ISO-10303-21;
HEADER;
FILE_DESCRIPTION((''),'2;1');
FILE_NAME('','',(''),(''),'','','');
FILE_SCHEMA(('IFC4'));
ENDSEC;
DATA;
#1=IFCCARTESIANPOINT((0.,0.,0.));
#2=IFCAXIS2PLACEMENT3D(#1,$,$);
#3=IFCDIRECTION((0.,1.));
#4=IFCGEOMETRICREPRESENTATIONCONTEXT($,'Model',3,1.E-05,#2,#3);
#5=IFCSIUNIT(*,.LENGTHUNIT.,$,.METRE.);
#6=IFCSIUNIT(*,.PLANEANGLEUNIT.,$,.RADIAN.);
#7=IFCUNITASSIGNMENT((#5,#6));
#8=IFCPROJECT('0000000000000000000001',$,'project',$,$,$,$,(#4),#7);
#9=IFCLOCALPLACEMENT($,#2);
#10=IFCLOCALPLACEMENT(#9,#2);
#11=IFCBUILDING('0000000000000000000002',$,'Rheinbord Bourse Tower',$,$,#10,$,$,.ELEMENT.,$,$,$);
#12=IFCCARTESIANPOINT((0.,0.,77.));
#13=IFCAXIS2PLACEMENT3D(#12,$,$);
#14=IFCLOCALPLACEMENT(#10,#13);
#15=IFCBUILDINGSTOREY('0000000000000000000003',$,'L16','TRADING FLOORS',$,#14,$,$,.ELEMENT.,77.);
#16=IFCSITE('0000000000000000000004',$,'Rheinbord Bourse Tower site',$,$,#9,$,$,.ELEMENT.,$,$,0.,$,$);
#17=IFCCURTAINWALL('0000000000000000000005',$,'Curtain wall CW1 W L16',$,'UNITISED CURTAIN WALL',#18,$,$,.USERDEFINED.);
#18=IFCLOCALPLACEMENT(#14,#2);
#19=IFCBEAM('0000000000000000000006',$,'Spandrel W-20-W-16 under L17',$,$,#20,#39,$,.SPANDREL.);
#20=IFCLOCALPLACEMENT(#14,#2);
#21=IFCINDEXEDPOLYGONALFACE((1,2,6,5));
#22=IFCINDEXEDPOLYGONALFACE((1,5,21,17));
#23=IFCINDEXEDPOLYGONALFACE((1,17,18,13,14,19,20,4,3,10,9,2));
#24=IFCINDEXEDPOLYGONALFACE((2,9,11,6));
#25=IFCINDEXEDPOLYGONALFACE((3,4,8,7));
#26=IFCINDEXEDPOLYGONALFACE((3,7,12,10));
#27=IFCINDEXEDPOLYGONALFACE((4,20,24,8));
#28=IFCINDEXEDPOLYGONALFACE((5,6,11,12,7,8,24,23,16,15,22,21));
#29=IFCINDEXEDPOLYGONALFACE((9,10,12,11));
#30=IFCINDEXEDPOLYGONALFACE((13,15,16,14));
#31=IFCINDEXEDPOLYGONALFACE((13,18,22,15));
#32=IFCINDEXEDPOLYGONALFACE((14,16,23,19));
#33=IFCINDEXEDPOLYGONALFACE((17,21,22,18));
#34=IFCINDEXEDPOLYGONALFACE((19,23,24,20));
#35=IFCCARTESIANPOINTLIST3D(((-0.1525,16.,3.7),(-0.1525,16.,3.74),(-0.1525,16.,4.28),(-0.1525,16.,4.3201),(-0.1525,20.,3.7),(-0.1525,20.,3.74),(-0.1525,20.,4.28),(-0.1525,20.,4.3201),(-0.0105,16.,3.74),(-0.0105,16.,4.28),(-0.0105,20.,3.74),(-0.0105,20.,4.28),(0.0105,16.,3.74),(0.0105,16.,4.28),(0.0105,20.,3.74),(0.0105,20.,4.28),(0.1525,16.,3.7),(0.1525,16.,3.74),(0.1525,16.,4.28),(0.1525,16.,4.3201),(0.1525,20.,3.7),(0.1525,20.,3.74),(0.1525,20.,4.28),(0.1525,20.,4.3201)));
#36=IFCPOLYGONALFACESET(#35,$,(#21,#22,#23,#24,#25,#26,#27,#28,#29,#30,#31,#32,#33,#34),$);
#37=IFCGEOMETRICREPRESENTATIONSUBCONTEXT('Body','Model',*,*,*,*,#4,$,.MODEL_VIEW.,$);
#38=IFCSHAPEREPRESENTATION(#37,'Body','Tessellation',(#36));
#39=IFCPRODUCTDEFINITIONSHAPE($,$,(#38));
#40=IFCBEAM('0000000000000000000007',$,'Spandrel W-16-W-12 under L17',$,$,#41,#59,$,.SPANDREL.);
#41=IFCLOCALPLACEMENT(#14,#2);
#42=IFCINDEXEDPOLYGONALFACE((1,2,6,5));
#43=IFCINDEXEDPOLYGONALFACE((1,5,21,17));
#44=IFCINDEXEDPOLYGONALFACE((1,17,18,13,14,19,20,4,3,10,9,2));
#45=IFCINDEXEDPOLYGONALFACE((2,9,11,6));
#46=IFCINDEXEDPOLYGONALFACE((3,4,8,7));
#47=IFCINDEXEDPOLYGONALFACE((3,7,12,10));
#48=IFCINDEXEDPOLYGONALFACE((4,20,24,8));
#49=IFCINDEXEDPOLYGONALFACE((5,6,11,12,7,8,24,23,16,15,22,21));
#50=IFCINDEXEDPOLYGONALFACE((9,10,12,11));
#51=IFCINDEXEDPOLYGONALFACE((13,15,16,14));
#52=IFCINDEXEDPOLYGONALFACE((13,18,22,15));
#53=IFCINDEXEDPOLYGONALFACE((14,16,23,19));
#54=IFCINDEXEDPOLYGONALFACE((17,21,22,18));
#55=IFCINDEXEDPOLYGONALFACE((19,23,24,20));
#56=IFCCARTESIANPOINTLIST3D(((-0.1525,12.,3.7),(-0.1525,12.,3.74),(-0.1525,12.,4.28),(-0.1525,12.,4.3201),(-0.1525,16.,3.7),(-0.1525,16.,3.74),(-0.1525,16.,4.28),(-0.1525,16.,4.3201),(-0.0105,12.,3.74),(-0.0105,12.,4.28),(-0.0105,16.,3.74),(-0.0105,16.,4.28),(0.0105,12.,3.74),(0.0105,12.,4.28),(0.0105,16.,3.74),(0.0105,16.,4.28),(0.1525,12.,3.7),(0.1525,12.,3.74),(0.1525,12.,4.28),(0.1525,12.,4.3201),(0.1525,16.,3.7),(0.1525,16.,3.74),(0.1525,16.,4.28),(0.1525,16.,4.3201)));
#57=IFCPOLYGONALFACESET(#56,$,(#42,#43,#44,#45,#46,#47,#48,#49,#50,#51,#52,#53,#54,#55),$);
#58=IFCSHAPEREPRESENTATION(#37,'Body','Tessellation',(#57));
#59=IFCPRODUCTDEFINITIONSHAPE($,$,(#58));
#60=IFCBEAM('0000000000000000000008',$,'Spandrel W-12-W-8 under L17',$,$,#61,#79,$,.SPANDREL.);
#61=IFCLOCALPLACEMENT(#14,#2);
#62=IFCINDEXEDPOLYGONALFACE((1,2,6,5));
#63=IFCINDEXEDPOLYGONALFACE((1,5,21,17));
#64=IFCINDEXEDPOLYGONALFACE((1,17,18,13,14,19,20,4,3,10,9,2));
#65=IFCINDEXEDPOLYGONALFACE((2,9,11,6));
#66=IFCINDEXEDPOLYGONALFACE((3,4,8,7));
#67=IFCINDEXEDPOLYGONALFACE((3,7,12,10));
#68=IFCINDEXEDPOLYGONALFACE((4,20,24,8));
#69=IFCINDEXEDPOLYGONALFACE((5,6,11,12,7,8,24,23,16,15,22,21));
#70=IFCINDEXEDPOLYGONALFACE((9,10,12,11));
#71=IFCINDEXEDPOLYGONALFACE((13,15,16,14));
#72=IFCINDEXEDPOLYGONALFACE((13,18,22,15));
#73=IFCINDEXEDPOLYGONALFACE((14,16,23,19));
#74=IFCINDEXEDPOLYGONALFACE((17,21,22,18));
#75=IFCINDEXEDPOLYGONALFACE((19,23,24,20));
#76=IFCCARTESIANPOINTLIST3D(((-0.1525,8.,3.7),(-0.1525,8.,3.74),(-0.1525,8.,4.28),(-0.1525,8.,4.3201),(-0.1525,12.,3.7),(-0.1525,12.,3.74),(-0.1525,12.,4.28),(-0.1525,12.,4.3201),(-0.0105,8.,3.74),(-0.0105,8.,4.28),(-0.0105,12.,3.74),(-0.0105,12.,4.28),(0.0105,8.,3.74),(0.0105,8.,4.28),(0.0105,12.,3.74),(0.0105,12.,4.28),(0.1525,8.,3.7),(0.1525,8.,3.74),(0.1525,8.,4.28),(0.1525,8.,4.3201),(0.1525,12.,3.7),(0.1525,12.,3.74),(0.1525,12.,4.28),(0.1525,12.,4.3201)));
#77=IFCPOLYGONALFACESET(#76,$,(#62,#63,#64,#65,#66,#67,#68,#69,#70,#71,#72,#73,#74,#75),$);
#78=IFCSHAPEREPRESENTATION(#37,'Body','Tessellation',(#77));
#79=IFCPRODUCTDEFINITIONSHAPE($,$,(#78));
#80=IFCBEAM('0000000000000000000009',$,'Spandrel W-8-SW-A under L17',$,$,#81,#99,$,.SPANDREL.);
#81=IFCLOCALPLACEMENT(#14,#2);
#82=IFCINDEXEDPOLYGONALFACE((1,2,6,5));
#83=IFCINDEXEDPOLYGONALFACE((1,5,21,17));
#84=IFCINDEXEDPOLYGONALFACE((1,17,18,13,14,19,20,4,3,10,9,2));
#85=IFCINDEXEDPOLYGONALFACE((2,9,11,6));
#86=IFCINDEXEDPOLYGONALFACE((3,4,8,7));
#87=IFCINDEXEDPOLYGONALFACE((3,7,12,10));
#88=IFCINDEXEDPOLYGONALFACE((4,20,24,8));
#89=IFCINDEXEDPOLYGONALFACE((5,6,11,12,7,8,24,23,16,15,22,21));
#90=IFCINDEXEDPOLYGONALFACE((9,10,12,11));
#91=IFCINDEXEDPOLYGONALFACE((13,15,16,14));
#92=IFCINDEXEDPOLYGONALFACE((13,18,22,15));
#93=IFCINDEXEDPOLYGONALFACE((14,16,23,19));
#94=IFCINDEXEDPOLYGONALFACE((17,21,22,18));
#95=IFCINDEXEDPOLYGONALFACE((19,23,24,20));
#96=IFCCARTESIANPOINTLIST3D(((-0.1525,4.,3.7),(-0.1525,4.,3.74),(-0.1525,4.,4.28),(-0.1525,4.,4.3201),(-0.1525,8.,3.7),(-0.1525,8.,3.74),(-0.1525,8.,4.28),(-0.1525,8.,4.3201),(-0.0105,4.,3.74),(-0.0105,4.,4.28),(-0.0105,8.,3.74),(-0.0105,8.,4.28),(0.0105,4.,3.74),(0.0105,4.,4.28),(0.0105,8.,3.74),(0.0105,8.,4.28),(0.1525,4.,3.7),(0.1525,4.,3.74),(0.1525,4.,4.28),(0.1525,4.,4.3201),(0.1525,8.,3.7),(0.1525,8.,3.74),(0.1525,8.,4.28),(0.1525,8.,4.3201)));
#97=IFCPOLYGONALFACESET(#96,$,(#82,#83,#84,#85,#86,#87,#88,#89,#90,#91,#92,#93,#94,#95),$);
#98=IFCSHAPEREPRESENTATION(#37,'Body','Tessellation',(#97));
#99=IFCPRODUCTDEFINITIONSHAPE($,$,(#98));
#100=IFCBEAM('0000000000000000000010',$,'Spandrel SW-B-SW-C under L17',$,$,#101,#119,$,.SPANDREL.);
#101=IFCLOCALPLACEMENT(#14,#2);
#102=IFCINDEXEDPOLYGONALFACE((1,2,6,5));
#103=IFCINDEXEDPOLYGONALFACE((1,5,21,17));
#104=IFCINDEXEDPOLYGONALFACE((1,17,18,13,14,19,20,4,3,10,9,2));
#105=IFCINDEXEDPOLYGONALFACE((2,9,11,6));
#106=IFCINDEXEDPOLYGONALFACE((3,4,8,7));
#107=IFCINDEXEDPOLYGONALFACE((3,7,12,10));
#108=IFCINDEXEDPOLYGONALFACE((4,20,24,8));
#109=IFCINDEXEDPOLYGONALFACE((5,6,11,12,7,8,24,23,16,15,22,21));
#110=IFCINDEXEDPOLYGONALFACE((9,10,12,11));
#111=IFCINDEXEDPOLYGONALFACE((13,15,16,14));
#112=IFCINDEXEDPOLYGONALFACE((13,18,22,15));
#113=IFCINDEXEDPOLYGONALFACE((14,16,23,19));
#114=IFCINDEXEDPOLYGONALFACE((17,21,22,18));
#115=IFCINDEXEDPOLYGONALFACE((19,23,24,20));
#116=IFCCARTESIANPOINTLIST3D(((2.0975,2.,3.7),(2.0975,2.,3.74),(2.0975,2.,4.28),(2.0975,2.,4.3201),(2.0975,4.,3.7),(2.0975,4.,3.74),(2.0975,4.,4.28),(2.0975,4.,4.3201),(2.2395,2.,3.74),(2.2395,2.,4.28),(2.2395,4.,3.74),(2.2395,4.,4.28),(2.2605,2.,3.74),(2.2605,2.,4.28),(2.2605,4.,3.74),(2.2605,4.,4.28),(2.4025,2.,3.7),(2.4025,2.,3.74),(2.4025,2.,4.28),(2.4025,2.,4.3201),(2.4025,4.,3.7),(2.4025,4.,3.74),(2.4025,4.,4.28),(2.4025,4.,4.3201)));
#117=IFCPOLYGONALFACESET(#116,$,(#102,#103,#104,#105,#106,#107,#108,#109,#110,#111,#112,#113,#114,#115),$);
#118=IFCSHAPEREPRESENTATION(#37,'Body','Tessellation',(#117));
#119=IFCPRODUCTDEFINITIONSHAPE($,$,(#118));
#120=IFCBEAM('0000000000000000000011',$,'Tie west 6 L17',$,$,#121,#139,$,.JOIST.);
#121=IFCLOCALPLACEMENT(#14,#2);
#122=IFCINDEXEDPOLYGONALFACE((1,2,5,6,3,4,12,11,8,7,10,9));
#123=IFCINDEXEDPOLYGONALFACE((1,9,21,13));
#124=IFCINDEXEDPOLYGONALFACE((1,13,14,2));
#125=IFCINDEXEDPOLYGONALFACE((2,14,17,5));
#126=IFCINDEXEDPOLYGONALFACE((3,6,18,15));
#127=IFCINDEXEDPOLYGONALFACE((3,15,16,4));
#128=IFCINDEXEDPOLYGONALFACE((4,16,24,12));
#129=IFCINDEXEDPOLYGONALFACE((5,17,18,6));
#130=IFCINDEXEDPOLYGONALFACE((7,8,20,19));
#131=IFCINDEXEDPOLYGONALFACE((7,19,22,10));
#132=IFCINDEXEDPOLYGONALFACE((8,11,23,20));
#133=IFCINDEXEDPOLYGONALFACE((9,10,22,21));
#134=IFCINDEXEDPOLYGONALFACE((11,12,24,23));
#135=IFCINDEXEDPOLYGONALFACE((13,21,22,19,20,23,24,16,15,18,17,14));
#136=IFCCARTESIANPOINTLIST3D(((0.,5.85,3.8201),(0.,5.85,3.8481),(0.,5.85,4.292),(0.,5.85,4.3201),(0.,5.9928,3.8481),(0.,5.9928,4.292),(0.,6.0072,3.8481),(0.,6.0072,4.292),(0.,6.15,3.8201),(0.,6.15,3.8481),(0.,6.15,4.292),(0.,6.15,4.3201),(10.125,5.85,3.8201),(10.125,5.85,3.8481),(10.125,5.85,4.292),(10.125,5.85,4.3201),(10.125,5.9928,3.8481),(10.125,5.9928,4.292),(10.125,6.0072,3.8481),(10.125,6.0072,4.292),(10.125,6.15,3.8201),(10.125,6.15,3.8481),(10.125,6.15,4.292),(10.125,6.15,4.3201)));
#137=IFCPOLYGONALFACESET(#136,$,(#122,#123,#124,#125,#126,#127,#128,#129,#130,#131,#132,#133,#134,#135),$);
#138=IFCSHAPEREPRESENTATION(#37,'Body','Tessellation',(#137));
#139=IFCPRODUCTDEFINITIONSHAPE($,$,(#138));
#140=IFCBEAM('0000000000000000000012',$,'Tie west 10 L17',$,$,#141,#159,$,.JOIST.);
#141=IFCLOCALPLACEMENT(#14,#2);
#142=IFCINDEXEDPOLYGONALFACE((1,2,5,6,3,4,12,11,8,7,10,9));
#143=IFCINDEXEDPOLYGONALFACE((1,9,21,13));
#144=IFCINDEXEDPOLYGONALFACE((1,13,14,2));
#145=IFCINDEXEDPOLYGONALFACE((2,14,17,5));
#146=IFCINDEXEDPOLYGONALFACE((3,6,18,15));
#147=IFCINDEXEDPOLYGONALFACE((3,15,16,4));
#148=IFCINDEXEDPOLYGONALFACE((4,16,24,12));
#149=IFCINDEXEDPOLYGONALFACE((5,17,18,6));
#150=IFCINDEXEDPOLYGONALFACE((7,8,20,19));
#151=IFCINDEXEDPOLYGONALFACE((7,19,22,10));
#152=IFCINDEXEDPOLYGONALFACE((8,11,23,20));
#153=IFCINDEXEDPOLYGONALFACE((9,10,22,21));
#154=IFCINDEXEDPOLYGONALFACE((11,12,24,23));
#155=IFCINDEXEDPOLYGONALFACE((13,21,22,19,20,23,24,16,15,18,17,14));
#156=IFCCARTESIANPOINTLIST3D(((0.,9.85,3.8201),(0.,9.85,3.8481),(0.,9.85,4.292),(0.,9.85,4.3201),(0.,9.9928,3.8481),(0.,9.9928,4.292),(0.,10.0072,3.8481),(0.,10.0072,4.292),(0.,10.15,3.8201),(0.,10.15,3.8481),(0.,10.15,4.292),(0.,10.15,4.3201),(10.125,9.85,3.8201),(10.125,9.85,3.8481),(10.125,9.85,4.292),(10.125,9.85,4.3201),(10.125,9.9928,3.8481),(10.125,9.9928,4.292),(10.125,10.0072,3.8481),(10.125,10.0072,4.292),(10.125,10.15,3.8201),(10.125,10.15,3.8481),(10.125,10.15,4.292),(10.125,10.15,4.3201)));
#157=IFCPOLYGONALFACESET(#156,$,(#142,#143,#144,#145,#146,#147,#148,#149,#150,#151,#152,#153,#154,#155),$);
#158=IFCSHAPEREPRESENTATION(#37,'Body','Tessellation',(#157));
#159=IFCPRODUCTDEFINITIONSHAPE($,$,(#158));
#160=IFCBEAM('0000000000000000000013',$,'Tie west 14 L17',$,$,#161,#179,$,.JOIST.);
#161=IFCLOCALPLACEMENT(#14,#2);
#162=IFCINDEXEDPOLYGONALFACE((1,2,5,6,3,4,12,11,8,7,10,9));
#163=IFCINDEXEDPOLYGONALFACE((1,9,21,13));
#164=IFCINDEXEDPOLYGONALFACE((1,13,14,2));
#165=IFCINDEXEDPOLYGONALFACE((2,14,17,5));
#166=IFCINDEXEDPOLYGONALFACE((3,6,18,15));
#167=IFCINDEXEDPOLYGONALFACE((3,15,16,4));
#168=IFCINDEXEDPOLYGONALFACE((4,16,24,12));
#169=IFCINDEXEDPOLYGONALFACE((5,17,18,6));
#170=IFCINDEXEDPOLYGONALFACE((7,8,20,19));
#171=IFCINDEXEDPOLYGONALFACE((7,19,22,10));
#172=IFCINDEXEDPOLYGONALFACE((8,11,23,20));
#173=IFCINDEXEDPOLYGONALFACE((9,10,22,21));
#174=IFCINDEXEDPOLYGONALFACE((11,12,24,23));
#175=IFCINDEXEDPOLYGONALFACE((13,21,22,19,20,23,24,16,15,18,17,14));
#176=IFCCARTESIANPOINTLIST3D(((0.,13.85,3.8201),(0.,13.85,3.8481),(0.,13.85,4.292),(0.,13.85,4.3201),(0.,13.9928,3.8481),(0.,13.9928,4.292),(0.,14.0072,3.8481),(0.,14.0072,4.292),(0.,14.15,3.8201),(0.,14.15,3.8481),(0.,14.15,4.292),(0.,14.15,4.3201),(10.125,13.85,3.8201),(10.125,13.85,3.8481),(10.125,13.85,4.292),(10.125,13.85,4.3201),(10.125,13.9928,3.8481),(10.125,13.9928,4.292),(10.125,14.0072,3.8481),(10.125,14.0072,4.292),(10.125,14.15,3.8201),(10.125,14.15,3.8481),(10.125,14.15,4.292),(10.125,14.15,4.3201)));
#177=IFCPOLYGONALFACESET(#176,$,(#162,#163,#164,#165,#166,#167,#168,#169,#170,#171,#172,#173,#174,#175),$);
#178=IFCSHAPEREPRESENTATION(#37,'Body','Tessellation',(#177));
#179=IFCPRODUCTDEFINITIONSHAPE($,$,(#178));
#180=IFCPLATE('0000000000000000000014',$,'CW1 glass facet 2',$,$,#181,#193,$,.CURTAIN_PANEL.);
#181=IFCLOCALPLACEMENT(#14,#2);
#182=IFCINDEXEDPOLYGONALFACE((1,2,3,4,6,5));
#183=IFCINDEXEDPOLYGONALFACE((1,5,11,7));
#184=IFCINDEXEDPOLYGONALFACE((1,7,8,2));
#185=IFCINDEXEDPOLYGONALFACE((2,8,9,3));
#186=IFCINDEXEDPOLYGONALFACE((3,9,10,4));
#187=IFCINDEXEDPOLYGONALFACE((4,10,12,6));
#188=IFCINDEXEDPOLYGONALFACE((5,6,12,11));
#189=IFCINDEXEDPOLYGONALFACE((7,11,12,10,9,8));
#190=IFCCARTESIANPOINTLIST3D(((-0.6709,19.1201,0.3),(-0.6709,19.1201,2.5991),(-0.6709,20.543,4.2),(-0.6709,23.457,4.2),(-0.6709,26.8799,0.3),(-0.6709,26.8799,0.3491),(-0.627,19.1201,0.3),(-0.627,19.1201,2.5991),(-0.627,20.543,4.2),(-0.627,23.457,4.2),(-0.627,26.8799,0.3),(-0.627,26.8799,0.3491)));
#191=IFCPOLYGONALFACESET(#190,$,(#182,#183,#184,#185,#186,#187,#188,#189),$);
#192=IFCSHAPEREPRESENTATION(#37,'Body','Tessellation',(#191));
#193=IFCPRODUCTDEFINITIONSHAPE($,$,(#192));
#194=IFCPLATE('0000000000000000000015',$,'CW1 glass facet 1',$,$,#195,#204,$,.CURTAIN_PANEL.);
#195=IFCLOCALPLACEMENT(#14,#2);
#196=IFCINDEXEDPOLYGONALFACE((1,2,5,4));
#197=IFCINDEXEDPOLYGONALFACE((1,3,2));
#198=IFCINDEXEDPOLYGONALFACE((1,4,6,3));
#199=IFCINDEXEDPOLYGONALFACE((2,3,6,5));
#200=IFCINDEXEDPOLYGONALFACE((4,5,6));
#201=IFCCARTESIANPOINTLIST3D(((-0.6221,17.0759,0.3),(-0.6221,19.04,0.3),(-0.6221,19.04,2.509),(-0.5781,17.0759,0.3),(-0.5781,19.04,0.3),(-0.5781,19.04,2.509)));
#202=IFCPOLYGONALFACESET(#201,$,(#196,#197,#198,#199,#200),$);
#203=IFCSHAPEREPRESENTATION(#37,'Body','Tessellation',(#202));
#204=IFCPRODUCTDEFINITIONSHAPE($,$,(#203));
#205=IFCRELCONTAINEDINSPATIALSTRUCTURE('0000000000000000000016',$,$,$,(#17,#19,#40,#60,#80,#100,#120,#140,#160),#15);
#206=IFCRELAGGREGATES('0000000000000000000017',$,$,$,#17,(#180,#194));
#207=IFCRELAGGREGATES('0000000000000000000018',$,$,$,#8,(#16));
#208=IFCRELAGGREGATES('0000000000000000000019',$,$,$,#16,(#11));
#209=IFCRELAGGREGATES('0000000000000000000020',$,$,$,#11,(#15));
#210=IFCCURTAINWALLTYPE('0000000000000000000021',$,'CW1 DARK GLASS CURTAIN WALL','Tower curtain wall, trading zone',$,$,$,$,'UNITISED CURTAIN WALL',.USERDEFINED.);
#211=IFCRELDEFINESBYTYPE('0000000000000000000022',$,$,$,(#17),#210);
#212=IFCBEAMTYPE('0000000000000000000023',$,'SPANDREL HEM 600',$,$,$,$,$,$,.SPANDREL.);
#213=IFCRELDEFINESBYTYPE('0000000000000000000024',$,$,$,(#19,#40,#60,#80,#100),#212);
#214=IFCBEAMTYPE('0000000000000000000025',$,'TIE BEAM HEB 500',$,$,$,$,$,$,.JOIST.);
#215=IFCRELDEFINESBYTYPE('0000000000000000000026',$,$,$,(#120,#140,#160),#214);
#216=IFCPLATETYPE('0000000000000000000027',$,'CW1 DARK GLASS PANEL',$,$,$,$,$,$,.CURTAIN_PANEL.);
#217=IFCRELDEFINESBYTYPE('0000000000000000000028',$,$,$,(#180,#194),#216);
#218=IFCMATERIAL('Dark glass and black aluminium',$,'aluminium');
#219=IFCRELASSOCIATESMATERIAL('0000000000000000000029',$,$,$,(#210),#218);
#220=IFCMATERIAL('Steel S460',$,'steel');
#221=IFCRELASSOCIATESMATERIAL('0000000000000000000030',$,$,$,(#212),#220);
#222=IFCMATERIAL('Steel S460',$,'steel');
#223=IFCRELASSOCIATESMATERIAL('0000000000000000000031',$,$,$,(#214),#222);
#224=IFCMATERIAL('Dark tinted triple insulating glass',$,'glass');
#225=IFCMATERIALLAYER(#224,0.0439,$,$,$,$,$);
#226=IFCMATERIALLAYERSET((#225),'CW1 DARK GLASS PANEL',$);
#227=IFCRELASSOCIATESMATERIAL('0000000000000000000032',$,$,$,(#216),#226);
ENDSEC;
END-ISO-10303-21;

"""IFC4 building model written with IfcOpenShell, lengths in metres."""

from ifc_helpers import new_model, si_unit, direction, frame, origin, origin_2d, place, context, subcontext, project, spatial, polyline, i_section, outline, extrude, material, layer, layer_set, material_profile, profile_set, type_object, element, aggregate, save


model = new_model("IFC4")

# Units and contexts
model_context = context("Model", 3, precision=1e-05, world=origin(), true_north=direction((0.0, 1.0)))
body_context = subcontext(model_context, "Body", "Model", "MODEL_VIEW")
ifc_project = project(units=[si_unit("LENGTHUNIT", "METRE"), si_unit("PLANEANGLEUNIT", "RADIAN")], contexts=[model_context])

# Site, building, storey
site_placement = place(None, origin())
site = spatial("IfcSite", under=ifc_project, at=site_placement, Name="Rheinbord Bourse Tower site", CompositionType="ELEMENT", RefElevation=0.0)
building_placement = place(site_placement, origin())
building = spatial("IfcBuilding", under=site, at=building_placement, Name="Rheinbord Bourse Tower", CompositionType="ELEMENT")
storey_placement = place(building_placement, frame((0.0, 0.0, 77.0)))
storey = spatial("IfcBuildingStorey", under=building, at=storey_placement, Name="L16", Description="TRADING FLOORS", CompositionType="ELEMENT", Elevation=77.0)

# Curtain wall
ifc_material_1 = material(Name="Dark glass and black aluminium", Category="aluminium")
curtain_wall_type = type_object("IfcCurtainWallType", Name="CW1 DARK GLASS CURTAIN WALL", Description="Tower curtain wall, trading zone", ElementType="UNITISED CURTAIN WALL", PredefinedType="USERDEFINED", material=ifc_material_1)
curtain_wall_placement = place(storey_placement, origin())
curtain_wall = element("IfcCurtainWall", 1, at=curtain_wall_placement, inside=storey, type_object=curtain_wall_type, Name="Curtain wall CW1 W L16", ObjectType="UNITISED CURTAIN WALL", PredefinedType="USERDEFINED")

# Beams
ifc_material_2 = material(Name="Steel S460", Category="steel")
ifc_material_profile_1 = material_profile(ifc_material_2, i_section(OverallWidth=0.3049, OverallDepth=0.6201, WebThickness=0.021, FlangeThickness=0.04, at=origin_2d()), Name="HEM 600")
ifc_profile_set_1 = profile_set([ifc_material_profile_1], Name="Steel S460")
beam_type_1 = type_object("IfcBeamType", Name="SPANDREL HEM 600", PredefinedType="SPANDREL", material=ifc_profile_set_1)
for number, where, z_axis, x_axis, name in (
    (2, (0.0, 20.0, 4.01), (0.0, -1.0, 0.0), (1.0, 0.0, 0.0), "Spandrel W-20-W-16 under L17"),
    (3, (0.0, 16.0, 4.01), (0.0, -1.0, 0.0), (1.0, 0.0, 0.0), "Spandrel W-16-W-12 under L17"),
    (4, (0.0, 12.0, 4.01), (0.0, -1.0, 0.0), (1.0, 0.0, 0.0), "Spandrel W-12-W-8 under L17"),
    (5, (0.0, 8.0, 4.01), (0.0, -1.0, 0.0), (1.0, 0.0, 0.0), "Spandrel W-8-SW-A under L17"),
):
    element("IfcBeam", number, at=place(storey_placement, frame(where, z_axis=z_axis, x_axis=x_axis)), inside=storey, type_object=beam_type_1, Name=name, PredefinedType="SPANDREL", context=body_context, shape_type="SweptSolid", body=[
        extrude(i_section(OverallWidth=0.3049, OverallDepth=0.6201, WebThickness=0.021, FlangeThickness=0.04, at=origin_2d()), origin(), (0.0, 0.0, 1.0), 4.0),
    ])
beam_1_placement = place(storey_placement, frame((2.25, 4.0, 4.01), z_axis=(0.0, -1.0, 0.0), x_axis=(1.0, 0.0, 0.0)))
element("IfcBeam", 6, at=beam_1_placement, inside=storey, type_object=beam_type_1, Name="Spandrel SW-B-SW-C under L17", PredefinedType="SPANDREL", context=body_context, shape_type="SweptSolid", body=[
    extrude(i_section(OverallWidth=0.3049, OverallDepth=0.6201, WebThickness=0.021, FlangeThickness=0.04, at=origin_2d()), origin(), (0.0, 0.0, 1.0), 2.0),
])
ifc_material_3 = material(Name="Steel S460", Category="steel")
ifc_material_profile_2 = material_profile(ifc_material_3, i_section(OverallWidth=0.3, OverallDepth=0.5, WebThickness=0.0144, FlangeThickness=0.0281, at=origin_2d()), Name="HEB 500")
ifc_profile_set_2 = profile_set([ifc_material_profile_2], Name="Steel S460")
beam_type_2 = type_object("IfcBeamType", Name="TIE BEAM HEB 500", PredefinedType="JOIST", material=ifc_profile_set_2)
for number, where, z_axis, x_axis, name in (
    (7, (0.0, 6.0, 4.0701), (1.0, 0.0, 0.0), (0.0, 1.0, 0.0), "Tie west 6 L17"),
    (8, (0.0, 10.0, 4.0701), (1.0, 0.0, 0.0), (0.0, 1.0, 0.0), "Tie west 10 L17"),
    (9, (0.0, 14.0, 4.0701), (1.0, 0.0, 0.0), (0.0, 1.0, 0.0), "Tie west 14 L17"),
):
    element("IfcBeam", number, at=place(storey_placement, frame(where, z_axis=z_axis, x_axis=x_axis)), inside=storey, type_object=beam_type_2, Name=name, PredefinedType="JOIST", context=body_context, shape_type="SweptSolid", body=[
        extrude(i_section(OverallWidth=0.3, OverallDepth=0.5, WebThickness=0.0144, FlangeThickness=0.0281, at=origin_2d()), origin(), (0.0, 0.0, 1.0), 10.125),
    ])

# Plates
ifc_material_4 = material(Name="Dark tinted triple insulating glass", Category="glass")
ifc_layer_1 = layer(ifc_material_4, 0.0439)
ifc_layer_set_1 = layer_set([ifc_layer_1], Name="CW1 DARK GLASS PANEL")
plate_type = type_object("IfcPlateType", Name="CW1 DARK GLASS PANEL", PredefinedType="CURTAIN_PANEL", material=ifc_layer_set_1)
plate_1_placement = place(storey_placement, frame((-0.6709, 19.1201, 0.3), z_axis=(1.0, 0.0, 0.0), x_axis=(0.0, 1.0, 0.0)))
plate_1 = element("IfcPlate", 10, at=plate_1_placement, type_object=plate_type, Name="CW1 glass facet 2", PredefinedType="CURTAIN_PANEL", context=body_context, shape_type="SweptSolid", body=[
    extrude(outline(polyline([(0.0, 0.0), (7.7598, 0.0), (7.7598, 0.0491), (4.3369, 3.8999), (1.4229, 3.8999), (0.0, 2.2991), (0.0, 0.0)])), origin(), (0.0, 0.0, 1.0), 0.0439),
])
plate_2_placement = place(storey_placement, frame((-0.6221, 19.04, 0.3), z_axis=(1.0, 0.0, 0.0), x_axis=(0.0, 0.0, 1.0)))
plate_2 = element("IfcPlate", 11, at=plate_2_placement, type_object=plate_type, Name="CW1 glass facet 1", PredefinedType="CURTAIN_PANEL", context=body_context, shape_type="SweptSolid", body=[
    extrude(outline(polyline([(0.0, 0.0), (2.209, 0.0), (0.0, 1.9641), (0.0, 0.0)])), origin(), (0.0, 0.0, 1.0), 0.0439),
])
aggregate(curtain_wall, [plate_1, plate_2])

save(model, "model.ifc")
